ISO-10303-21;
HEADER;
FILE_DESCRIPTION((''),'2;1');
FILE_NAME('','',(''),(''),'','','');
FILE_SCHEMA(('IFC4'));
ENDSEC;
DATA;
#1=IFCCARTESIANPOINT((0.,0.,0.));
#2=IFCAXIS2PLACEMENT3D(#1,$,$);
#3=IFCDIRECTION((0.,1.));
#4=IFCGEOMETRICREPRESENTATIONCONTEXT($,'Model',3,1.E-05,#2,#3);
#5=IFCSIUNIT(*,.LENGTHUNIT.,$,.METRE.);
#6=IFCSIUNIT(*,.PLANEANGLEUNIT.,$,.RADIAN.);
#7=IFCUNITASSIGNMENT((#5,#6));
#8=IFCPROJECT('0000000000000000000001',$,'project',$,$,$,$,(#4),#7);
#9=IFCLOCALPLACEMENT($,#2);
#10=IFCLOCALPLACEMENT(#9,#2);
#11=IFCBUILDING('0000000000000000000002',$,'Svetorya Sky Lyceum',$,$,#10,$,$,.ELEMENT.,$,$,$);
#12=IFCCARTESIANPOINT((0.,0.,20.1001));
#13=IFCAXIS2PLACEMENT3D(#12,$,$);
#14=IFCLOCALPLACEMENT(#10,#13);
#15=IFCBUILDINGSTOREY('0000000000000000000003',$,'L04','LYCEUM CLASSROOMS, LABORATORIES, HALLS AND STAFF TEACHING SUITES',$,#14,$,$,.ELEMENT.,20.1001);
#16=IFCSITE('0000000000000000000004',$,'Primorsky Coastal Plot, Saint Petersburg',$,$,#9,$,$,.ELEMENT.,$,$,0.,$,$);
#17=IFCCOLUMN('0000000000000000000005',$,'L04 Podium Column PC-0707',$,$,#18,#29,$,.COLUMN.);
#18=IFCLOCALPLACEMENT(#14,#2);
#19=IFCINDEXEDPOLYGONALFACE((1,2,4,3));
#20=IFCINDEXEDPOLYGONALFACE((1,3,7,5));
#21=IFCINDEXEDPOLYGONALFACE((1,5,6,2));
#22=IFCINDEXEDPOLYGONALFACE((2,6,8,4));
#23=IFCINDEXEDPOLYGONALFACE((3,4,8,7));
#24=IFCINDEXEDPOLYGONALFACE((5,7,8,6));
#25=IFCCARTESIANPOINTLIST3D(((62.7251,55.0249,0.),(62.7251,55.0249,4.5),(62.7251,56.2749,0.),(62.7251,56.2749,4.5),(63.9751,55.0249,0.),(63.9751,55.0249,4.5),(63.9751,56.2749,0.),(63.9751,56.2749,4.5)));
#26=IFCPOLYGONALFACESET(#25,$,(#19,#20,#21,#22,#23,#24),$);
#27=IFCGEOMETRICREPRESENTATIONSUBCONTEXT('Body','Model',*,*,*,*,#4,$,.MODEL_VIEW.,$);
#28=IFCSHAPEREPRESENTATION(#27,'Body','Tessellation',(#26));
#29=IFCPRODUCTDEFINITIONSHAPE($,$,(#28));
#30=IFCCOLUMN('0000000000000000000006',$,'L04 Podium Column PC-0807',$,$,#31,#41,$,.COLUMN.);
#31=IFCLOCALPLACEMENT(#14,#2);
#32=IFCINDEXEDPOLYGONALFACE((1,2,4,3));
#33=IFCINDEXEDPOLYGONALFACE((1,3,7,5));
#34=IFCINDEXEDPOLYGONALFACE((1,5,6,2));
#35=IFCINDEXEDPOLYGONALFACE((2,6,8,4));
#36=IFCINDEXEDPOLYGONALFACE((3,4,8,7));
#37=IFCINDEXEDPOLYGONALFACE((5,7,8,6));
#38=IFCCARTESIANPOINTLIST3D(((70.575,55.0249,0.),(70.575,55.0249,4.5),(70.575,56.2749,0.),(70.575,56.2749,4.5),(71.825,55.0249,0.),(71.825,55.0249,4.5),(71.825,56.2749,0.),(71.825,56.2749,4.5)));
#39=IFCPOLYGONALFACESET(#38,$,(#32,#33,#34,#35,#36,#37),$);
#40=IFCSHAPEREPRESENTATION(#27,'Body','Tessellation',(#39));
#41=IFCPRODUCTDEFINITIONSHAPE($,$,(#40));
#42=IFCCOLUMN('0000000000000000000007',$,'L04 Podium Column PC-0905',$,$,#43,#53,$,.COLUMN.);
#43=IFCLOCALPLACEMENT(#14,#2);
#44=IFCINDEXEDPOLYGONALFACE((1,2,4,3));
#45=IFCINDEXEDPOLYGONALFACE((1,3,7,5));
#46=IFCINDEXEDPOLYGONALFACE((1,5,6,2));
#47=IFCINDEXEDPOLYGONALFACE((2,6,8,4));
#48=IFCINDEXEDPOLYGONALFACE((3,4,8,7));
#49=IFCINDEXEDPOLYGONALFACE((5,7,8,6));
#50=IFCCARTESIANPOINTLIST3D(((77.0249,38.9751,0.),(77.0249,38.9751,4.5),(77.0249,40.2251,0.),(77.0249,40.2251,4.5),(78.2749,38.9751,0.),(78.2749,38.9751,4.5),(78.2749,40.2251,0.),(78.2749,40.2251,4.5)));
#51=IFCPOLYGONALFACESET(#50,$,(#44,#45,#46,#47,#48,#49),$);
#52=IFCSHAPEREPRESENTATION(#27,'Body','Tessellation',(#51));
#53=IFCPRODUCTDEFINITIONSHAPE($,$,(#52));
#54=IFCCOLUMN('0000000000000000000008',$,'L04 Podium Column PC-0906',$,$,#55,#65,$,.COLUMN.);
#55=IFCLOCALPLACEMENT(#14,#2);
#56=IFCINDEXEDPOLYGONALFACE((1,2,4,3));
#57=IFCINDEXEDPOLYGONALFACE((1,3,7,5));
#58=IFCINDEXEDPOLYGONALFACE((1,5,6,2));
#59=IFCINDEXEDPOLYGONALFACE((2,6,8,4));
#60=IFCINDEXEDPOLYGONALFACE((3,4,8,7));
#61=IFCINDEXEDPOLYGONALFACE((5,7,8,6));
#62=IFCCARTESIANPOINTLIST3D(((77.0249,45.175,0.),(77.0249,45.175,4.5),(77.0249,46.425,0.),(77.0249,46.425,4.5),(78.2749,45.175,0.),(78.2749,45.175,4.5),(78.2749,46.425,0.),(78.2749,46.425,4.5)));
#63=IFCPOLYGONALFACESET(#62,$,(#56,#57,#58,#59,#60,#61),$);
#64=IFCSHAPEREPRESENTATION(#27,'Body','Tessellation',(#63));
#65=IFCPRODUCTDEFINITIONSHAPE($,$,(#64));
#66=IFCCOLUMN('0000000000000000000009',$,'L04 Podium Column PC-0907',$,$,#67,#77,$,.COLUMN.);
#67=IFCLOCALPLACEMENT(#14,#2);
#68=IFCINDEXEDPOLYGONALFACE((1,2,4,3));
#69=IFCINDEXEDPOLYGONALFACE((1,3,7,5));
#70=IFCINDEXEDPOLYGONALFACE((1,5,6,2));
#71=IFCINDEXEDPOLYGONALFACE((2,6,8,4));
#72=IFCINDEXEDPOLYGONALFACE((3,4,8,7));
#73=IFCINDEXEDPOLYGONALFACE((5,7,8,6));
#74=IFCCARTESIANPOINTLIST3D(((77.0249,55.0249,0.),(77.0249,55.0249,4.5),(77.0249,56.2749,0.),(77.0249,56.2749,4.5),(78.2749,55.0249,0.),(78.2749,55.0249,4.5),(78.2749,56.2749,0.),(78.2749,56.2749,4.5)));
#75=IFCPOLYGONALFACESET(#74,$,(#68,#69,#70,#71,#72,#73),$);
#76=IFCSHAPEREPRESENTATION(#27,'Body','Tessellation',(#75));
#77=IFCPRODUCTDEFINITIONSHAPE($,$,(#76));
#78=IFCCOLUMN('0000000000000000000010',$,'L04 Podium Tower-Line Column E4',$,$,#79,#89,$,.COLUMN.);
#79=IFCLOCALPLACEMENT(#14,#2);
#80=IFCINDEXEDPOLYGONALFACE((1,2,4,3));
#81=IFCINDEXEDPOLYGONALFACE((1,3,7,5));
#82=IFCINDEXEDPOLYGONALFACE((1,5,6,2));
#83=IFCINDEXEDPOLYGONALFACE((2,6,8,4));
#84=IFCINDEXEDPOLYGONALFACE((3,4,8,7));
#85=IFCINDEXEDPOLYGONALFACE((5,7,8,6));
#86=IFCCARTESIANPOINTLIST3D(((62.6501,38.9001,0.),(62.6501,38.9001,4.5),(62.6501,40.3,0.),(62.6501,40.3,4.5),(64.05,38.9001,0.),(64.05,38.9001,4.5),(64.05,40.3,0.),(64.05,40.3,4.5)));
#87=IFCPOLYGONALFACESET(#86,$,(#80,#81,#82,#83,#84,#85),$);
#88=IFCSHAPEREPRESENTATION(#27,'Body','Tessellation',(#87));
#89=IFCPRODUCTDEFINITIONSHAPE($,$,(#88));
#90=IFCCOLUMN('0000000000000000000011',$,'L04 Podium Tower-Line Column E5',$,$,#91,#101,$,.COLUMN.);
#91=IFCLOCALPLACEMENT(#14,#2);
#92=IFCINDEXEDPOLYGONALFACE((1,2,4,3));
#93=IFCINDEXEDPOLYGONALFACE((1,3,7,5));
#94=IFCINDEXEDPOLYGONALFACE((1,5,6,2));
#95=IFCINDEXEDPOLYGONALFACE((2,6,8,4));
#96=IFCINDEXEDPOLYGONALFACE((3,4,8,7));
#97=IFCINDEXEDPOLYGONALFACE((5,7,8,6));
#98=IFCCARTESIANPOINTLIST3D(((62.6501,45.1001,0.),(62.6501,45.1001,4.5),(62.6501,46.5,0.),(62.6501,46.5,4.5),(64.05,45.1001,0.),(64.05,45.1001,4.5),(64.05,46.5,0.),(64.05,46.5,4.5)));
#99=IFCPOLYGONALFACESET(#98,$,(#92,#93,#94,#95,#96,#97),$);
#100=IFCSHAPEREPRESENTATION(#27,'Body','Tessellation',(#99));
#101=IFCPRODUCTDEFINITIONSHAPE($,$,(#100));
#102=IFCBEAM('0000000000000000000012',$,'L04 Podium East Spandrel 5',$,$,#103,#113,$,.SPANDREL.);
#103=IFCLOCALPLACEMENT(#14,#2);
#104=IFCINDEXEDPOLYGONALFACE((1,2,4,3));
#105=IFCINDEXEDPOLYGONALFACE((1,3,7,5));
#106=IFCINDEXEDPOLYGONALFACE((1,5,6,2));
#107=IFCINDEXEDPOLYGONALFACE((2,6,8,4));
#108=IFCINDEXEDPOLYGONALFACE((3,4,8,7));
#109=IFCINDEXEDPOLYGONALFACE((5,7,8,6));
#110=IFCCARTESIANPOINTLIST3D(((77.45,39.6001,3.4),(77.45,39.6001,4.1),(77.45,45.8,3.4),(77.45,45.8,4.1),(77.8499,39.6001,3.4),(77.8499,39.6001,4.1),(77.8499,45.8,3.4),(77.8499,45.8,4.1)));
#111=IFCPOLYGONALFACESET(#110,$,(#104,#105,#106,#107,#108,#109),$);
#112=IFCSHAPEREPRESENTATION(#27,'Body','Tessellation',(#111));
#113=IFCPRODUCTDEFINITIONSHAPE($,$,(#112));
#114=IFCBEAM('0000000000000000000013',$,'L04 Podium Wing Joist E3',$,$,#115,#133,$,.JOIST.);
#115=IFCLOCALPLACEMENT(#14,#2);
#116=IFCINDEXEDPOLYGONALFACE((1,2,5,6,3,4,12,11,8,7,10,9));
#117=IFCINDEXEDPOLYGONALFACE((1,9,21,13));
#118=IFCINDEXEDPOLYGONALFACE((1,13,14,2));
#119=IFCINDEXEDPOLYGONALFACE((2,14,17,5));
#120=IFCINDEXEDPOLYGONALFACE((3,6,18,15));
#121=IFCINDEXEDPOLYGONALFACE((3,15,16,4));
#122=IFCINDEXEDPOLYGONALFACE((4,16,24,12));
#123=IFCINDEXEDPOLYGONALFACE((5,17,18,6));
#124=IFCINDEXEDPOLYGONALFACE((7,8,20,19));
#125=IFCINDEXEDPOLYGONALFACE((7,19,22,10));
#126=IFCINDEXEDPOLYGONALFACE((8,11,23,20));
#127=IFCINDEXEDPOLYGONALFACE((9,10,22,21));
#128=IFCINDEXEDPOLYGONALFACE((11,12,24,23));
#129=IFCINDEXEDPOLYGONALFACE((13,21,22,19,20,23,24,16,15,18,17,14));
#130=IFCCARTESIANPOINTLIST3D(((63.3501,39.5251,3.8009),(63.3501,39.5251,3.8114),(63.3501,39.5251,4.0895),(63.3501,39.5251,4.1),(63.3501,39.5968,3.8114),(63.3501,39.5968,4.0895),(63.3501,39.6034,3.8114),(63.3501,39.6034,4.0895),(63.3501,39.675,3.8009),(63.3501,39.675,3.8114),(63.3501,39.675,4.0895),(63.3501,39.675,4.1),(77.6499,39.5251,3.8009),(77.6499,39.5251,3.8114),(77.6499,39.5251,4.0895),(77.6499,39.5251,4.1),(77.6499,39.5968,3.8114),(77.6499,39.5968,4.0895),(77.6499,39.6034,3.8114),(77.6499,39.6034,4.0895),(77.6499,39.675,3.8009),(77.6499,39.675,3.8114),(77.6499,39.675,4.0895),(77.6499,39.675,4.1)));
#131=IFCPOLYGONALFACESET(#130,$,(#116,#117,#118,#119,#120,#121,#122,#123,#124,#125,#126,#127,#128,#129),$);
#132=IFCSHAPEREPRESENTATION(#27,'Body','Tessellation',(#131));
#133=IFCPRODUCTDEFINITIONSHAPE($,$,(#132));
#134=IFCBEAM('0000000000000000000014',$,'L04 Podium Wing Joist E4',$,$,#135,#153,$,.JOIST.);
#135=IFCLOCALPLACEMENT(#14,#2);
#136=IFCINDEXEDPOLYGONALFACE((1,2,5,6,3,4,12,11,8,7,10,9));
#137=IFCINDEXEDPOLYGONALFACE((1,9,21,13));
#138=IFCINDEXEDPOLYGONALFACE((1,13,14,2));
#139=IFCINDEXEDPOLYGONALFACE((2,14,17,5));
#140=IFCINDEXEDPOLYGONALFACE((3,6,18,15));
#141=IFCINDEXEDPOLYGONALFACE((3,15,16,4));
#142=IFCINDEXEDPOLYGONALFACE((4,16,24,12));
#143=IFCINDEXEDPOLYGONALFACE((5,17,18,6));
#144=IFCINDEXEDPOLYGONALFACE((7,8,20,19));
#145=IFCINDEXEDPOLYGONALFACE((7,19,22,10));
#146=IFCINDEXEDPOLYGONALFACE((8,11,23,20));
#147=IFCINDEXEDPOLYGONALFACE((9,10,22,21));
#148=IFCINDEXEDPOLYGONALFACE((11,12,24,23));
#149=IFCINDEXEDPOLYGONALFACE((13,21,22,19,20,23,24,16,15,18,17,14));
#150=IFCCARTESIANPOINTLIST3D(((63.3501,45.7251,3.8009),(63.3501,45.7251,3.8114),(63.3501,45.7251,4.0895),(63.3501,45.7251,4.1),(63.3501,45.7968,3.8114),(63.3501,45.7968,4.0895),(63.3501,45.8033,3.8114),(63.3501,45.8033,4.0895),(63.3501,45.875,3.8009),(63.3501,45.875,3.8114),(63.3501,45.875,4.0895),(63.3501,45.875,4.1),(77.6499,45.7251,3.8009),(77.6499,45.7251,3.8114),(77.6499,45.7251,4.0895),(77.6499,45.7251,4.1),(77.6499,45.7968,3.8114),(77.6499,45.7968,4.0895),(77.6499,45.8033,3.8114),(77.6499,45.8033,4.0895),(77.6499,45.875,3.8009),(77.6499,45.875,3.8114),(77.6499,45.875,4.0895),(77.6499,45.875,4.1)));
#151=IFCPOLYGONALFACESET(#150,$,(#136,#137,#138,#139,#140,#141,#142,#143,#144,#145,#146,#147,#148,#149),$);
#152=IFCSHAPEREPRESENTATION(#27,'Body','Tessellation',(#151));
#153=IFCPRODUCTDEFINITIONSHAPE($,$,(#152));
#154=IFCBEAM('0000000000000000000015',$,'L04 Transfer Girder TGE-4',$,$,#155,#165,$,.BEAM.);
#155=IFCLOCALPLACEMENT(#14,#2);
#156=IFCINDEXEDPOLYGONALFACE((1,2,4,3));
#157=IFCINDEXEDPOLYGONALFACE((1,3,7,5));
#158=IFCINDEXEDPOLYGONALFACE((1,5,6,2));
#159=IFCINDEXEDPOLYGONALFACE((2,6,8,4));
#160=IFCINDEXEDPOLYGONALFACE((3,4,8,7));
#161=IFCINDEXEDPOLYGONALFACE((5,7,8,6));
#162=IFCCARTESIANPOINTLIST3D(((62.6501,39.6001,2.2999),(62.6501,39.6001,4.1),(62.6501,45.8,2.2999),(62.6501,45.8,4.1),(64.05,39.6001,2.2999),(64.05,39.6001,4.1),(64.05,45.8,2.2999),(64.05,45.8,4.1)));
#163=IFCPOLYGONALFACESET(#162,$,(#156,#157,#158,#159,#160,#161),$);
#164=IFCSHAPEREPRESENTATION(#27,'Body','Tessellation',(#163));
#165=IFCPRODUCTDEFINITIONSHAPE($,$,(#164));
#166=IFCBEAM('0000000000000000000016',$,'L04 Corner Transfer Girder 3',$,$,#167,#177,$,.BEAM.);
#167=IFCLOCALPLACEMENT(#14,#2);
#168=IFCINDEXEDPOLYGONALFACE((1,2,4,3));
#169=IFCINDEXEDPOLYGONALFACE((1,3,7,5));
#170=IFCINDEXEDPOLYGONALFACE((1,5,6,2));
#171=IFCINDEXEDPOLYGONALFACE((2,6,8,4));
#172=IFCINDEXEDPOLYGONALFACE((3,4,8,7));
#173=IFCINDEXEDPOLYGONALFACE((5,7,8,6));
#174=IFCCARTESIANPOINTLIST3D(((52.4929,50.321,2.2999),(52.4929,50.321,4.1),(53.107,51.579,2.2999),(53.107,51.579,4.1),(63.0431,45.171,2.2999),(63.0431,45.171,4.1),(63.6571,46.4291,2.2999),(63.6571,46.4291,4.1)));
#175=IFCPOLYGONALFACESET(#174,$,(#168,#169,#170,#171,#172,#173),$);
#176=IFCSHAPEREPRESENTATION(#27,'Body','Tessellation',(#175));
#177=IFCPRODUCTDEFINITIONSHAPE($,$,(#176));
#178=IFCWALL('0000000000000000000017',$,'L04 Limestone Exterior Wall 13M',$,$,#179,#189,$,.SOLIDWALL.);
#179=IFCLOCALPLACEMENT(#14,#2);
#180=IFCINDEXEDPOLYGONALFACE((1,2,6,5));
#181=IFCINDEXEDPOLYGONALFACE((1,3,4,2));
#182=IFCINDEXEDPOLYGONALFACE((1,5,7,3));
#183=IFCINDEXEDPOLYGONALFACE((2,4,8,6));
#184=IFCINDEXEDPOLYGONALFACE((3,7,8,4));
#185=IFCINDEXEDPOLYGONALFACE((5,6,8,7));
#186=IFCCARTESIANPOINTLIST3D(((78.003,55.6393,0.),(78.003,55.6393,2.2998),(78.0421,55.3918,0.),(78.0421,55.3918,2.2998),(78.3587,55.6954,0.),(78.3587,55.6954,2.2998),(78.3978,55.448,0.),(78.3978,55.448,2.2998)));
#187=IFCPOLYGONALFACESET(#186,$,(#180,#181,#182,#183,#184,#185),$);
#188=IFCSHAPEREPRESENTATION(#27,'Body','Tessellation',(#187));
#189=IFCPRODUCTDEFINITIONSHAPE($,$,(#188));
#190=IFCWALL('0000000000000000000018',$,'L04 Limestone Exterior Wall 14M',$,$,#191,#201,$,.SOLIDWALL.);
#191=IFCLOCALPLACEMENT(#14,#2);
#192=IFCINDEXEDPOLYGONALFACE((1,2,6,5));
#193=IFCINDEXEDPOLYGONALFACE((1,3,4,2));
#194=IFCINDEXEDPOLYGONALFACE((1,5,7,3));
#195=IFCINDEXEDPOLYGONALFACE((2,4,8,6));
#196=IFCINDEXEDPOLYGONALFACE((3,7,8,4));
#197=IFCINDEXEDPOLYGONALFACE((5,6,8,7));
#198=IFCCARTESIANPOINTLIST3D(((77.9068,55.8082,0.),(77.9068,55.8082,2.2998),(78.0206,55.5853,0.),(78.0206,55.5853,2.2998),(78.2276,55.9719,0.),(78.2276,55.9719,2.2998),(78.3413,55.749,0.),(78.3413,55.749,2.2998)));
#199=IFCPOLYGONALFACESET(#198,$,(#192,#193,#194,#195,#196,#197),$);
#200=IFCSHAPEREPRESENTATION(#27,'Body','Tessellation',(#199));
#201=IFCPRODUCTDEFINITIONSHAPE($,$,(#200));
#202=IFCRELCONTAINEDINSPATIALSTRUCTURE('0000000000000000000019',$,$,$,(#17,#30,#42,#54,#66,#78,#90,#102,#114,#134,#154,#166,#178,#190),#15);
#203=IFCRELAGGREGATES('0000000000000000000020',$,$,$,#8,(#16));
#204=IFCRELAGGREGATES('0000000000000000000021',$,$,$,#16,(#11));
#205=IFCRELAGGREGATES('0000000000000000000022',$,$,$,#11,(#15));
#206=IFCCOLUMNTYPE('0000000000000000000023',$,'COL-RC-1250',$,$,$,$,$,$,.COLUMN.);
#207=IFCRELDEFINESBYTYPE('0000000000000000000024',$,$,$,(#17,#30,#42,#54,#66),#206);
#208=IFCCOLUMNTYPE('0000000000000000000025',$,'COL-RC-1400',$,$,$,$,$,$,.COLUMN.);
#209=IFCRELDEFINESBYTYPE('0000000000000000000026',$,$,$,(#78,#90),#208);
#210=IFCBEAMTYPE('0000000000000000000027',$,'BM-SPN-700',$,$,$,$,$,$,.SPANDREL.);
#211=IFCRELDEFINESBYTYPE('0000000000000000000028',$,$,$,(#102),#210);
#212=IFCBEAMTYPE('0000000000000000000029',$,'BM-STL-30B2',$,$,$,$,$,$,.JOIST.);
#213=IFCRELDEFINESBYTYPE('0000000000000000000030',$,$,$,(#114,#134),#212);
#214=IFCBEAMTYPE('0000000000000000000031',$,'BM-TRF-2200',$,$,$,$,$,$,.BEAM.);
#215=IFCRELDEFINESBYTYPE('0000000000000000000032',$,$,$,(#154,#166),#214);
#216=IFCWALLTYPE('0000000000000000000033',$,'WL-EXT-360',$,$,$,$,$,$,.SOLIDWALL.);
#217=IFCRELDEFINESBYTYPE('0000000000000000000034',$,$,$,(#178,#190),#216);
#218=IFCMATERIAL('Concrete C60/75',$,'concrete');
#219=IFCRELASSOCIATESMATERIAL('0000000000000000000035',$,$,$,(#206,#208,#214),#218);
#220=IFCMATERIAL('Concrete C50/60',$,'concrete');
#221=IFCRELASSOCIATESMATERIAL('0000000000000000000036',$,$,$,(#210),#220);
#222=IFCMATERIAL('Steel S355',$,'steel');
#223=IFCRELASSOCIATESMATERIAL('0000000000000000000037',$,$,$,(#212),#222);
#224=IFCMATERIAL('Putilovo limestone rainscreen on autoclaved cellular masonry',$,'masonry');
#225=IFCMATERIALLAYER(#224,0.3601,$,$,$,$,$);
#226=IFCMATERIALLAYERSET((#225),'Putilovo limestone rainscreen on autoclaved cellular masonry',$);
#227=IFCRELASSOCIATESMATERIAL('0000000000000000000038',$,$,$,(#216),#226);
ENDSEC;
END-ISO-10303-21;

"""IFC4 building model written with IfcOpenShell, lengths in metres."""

from ifc_helpers import new_model, si_unit, direction, frame, frame_2d, origin, origin_2d, place, context, subcontext, project, spatial, rectangle, i_section, extrude, material, layer, layer_set, material_profile, profile_set, type_object, element, save


model = new_model("IFC4")

# Units and contexts
model_context = context("Model", 3, precision=1e-05, world=origin(), true_north=direction((0.0, 1.0)))
body_context = subcontext(model_context, "Body", "Model", "MODEL_VIEW")
ifc_project = project(units=[si_unit("LENGTHUNIT", "METRE"), si_unit("PLANEANGLEUNIT", "RADIAN")], contexts=[model_context])

# Site, building, storey
site_placement = place(None, origin())
site = spatial("IfcSite", under=ifc_project, at=site_placement, Name="Primorsky Coastal Plot, Saint Petersburg", CompositionType="ELEMENT", RefElevation=0.0)
building_placement = place(site_placement, origin())
building = spatial("IfcBuilding", under=site, at=building_placement, Name="Svetorya Sky Lyceum", CompositionType="ELEMENT")
storey_placement = place(building_placement, frame((0.0, 0.0, 20.1001)))
storey = spatial("IfcBuildingStorey", under=building, at=storey_placement, Name="L04", Description="LYCEUM CLASSROOMS, LABORATORIES, HALLS AND STAFF TEACHING SUITES", CompositionType="ELEMENT", Elevation=20.1001)

# Columns
ifc_material_1 = material(Name="Concrete C60/75", Category="concrete")
ifc_material_profile_1 = material_profile(ifc_material_1, rectangle(XDim=1.25, YDim=1.25, at=origin_2d()), Name="RC COL 1250x1250")
ifc_profile_set_1 = profile_set([ifc_material_profile_1], Name="Concrete C60/75")
column_type_1 = type_object("IfcColumnType", Name="COL-RC-1250", PredefinedType="COLUMN", material=ifc_profile_set_1)
for number, where, z_axis, x_axis, name in (
    (1, (63.3501, 55.6499, 0.0), (0.0, 0.0, 1.0), (1.0, 0.0, 0.0), "L04 Podium Column PC-0707"),
    (2, (71.2, 55.6499, 0.0), (0.0, 0.0, 1.0), (1.0, 0.0, 0.0), "L04 Podium Column PC-0807"),
    (3, (77.6499, 39.6001, 0.0), (0.0, 0.0, 1.0), (1.0, 0.0, 0.0), "L04 Podium Column PC-0905"),
    (4, (77.6499, 45.8, 0.0), (0.0, 0.0, 1.0), (1.0, 0.0, 0.0), "L04 Podium Column PC-0906"),
    (5, (77.6499, 55.6499, 0.0), (0.0, 0.0, 1.0), (1.0, 0.0, 0.0), "L04 Podium Column PC-0907"),
):
    element("IfcColumn", number, at=place(storey_placement, frame(where, z_axis=z_axis, x_axis=x_axis)), inside=storey, type_object=column_type_1, Name=name, PredefinedType="COLUMN", context=body_context, shape_type="SweptSolid", body=[
        extrude(rectangle(XDim=1.25, YDim=1.25, at=origin_2d()), origin(), (0.0, 0.0, 1.0), 4.5),
    ])
ifc_material_profile_2 = material_profile(ifc_material_1, rectangle(XDim=1.3999, YDim=1.3999, at=origin_2d()), Name="RC COL 1400x1400")
ifc_profile_set_2 = profile_set([ifc_material_profile_2], Name="Concrete C60/75")
column_type_2 = type_object("IfcColumnType", Name="COL-RC-1400", PredefinedType="COLUMN", material=ifc_profile_set_2)
for number, where, z_axis, x_axis, name in (
    (6, (63.3501, 39.6001, 0.0), (0.0, 0.0, 1.0), (1.0, 0.0, 0.0), "L04 Podium Tower-Line Column E4"),
    (7, (63.3501, 45.8, 0.0), (0.0, 0.0, 1.0), (1.0, 0.0, 0.0), "L04 Podium Tower-Line Column E5"),
):
    element("IfcColumn", number, at=place(storey_placement, frame(where, z_axis=z_axis, x_axis=x_axis)), inside=storey, type_object=column_type_2, Name=name, PredefinedType="COLUMN", context=body_context, shape_type="SweptSolid", body=[
        extrude(rectangle(XDim=1.3999, YDim=1.3999, at=origin_2d()), origin(), (0.0, 0.0, 1.0), 4.5),
    ])

# Beams
ifc_material_2 = material(Name="Concrete C50/60", Category="concrete")
ifc_material_profile_3 = material_profile(ifc_material_2, rectangle(XDim=0.3999, YDim=0.7, at=origin_2d()), Name="RC SPANDREL 400x700")
ifc_profile_set_3 = profile_set([ifc_material_profile_3], Name="Concrete C50/60")
beam_type_1 = type_object("IfcBeamType", Name="BM-SPN-700", PredefinedType="SPANDREL", material=ifc_profile_set_3)
beam_1_placement = place(storey_placement, frame((77.6499, 39.6001, 3.75), z_axis=(0.0, 1.0, 0.0), x_axis=(-1.0, 0.0, 0.0)))
element("IfcBeam", 8, at=beam_1_placement, inside=storey, type_object=beam_type_1, Name="L04 Podium East Spandrel 5", PredefinedType="SPANDREL", context=body_context, shape_type="SweptSolid", body=[
    extrude(rectangle(XDim=0.3999, YDim=0.7, at=origin_2d()), origin(), (0.0, 0.0, 1.0), 6.2),
])
ifc_material_3 = material(Name="Steel S355", Category="steel")
ifc_material_profile_4 = material_profile(ifc_material_3, i_section(OverallWidth=0.1499, OverallDepth=0.2991, WebThickness=0.0066, FlangeThickness=0.0105, at=origin_2d()), Name="GOST 30B2")
ifc_profile_set_4 = profile_set([ifc_material_profile_4], Name="Steel S355")
beam_type_2 = type_object("IfcBeamType", Name="BM-STL-30B2", PredefinedType="JOIST", material=ifc_profile_set_4)
for number, where, z_axis, x_axis, name in (
    (9, (63.3501, 39.6001, 3.9504), (1.0, 0.0, 0.0), (0.0, 1.0, 0.0), "L04 Podium Wing Joist E3"),
    (10, (63.3501, 45.8, 3.9504), (1.0, 0.0, 0.0), (0.0, 1.0, 0.0), "L04 Podium Wing Joist E4"),
):
    element("IfcBeam", number, at=place(storey_placement, frame(where, z_axis=z_axis, x_axis=x_axis)), inside=storey, type_object=beam_type_2, Name=name, PredefinedType="JOIST", context=body_context, shape_type="SweptSolid", body=[
        extrude(i_section(OverallWidth=0.1499, OverallDepth=0.2991, WebThickness=0.0066, FlangeThickness=0.0105, at=origin_2d()), origin(), (0.0, 0.0, 1.0), 14.2998),
    ])
ifc_material_profile_5 = material_profile(ifc_material_1, rectangle(XDim=1.3999, YDim=1.8, at=origin_2d()), Name="RC TRANSFER 1400x1800")
ifc_profile_set_5 = profile_set([ifc_material_profile_5], Name="Concrete C60/75")
beam_type_3 = type_object("IfcBeamType", Name="BM-TRF-2200", PredefinedType="BEAM", material=ifc_profile_set_5)
beam_2_placement = place(storey_placement, frame((63.3501, 39.6001, 3.2), z_axis=(0.0, 1.0, 0.0), x_axis=(-1.0, 0.0, 0.0)))
element("IfcBeam", 11, at=beam_2_placement, inside=storey, type_object=beam_type_3, Name="L04 Transfer Girder TGE-4", PredefinedType="BEAM", context=body_context, shape_type="SweptSolid", body=[
    extrude(rectangle(XDim=1.3999, YDim=1.8, at=origin_2d()), origin(), (0.0, 0.0, 1.0), 6.2),
])
beam_3_placement = place(storey_placement, frame((63.3501, 45.8, 3.2), z_axis=(-0.89865, 0.438667, 0.0), x_axis=(-0.438667, -0.89865, 0.0)))
element("IfcBeam", 12, at=beam_3_placement, inside=storey, type_object=beam_type_3, Name="L04 Corner Transfer Girder 3", PredefinedType="BEAM", context=body_context, shape_type="SweptSolid", body=[
    extrude(rectangle(XDim=1.3999, YDim=1.8, at=origin_2d()), origin(), (0.0, 0.0, 1.0), 11.74),
])

# Walls
ifc_material_4 = material(Name="Putilovo limestone rainscreen on autoclaved cellular masonry", Category="masonry")
ifc_layer_1 = layer(ifc_material_4, 0.3601)
ifc_layer_set_1 = layer_set([ifc_layer_1], Name="Putilovo limestone rainscreen on autoclaved cellular masonry")
wall_type_1 = type_object("IfcWallType", Name="WL-EXT-360", PredefinedType="SOLIDWALL", material=ifc_layer_set_1)
wall_1_placement = place(storey_placement, frame((78.22, 55.4199, 0.0), z_axis=(0.0, 0.0, 1.0), x_axis=(-0.156013, 0.987755, 0.0)))
element("IfcWall", 13, at=wall_1_placement, inside=storey, type_object=wall_type_1, Name="L04 Limestone Exterior Wall 13M", PredefinedType="SOLIDWALL", context=body_context, shape_type="SweptSolid", body=[
    extrude(rectangle(XDim=0.2505, YDim=0.3601, at=frame_2d((0.1252, 0.0))), origin(), (0.0, 0.0, 1.0), 2.2998),
])
for number, where, z_axis, x_axis, name in (
    (14, (78.1809, 55.6672, 0.0), (0.0, 0.0, 1.0), (-0.454613, 0.890689, 0.0), "L04 Limestone Exterior Wall 14M"),
):
    element("IfcWall", number, at=place(storey_placement, frame(where, z_axis=z_axis, x_axis=x_axis)), inside=storey, type_object=wall_type_1, Name=name, PredefinedType="SOLIDWALL", context=body_context, shape_type="SweptSolid", body=[
        extrude(rectangle(XDim=0.2502, YDim=0.3601, at=frame_2d((0.125, 0.0))), origin(), (0.0, 0.0, 1.0), 2.2998),
    ])

save(model, "model.ifc")
